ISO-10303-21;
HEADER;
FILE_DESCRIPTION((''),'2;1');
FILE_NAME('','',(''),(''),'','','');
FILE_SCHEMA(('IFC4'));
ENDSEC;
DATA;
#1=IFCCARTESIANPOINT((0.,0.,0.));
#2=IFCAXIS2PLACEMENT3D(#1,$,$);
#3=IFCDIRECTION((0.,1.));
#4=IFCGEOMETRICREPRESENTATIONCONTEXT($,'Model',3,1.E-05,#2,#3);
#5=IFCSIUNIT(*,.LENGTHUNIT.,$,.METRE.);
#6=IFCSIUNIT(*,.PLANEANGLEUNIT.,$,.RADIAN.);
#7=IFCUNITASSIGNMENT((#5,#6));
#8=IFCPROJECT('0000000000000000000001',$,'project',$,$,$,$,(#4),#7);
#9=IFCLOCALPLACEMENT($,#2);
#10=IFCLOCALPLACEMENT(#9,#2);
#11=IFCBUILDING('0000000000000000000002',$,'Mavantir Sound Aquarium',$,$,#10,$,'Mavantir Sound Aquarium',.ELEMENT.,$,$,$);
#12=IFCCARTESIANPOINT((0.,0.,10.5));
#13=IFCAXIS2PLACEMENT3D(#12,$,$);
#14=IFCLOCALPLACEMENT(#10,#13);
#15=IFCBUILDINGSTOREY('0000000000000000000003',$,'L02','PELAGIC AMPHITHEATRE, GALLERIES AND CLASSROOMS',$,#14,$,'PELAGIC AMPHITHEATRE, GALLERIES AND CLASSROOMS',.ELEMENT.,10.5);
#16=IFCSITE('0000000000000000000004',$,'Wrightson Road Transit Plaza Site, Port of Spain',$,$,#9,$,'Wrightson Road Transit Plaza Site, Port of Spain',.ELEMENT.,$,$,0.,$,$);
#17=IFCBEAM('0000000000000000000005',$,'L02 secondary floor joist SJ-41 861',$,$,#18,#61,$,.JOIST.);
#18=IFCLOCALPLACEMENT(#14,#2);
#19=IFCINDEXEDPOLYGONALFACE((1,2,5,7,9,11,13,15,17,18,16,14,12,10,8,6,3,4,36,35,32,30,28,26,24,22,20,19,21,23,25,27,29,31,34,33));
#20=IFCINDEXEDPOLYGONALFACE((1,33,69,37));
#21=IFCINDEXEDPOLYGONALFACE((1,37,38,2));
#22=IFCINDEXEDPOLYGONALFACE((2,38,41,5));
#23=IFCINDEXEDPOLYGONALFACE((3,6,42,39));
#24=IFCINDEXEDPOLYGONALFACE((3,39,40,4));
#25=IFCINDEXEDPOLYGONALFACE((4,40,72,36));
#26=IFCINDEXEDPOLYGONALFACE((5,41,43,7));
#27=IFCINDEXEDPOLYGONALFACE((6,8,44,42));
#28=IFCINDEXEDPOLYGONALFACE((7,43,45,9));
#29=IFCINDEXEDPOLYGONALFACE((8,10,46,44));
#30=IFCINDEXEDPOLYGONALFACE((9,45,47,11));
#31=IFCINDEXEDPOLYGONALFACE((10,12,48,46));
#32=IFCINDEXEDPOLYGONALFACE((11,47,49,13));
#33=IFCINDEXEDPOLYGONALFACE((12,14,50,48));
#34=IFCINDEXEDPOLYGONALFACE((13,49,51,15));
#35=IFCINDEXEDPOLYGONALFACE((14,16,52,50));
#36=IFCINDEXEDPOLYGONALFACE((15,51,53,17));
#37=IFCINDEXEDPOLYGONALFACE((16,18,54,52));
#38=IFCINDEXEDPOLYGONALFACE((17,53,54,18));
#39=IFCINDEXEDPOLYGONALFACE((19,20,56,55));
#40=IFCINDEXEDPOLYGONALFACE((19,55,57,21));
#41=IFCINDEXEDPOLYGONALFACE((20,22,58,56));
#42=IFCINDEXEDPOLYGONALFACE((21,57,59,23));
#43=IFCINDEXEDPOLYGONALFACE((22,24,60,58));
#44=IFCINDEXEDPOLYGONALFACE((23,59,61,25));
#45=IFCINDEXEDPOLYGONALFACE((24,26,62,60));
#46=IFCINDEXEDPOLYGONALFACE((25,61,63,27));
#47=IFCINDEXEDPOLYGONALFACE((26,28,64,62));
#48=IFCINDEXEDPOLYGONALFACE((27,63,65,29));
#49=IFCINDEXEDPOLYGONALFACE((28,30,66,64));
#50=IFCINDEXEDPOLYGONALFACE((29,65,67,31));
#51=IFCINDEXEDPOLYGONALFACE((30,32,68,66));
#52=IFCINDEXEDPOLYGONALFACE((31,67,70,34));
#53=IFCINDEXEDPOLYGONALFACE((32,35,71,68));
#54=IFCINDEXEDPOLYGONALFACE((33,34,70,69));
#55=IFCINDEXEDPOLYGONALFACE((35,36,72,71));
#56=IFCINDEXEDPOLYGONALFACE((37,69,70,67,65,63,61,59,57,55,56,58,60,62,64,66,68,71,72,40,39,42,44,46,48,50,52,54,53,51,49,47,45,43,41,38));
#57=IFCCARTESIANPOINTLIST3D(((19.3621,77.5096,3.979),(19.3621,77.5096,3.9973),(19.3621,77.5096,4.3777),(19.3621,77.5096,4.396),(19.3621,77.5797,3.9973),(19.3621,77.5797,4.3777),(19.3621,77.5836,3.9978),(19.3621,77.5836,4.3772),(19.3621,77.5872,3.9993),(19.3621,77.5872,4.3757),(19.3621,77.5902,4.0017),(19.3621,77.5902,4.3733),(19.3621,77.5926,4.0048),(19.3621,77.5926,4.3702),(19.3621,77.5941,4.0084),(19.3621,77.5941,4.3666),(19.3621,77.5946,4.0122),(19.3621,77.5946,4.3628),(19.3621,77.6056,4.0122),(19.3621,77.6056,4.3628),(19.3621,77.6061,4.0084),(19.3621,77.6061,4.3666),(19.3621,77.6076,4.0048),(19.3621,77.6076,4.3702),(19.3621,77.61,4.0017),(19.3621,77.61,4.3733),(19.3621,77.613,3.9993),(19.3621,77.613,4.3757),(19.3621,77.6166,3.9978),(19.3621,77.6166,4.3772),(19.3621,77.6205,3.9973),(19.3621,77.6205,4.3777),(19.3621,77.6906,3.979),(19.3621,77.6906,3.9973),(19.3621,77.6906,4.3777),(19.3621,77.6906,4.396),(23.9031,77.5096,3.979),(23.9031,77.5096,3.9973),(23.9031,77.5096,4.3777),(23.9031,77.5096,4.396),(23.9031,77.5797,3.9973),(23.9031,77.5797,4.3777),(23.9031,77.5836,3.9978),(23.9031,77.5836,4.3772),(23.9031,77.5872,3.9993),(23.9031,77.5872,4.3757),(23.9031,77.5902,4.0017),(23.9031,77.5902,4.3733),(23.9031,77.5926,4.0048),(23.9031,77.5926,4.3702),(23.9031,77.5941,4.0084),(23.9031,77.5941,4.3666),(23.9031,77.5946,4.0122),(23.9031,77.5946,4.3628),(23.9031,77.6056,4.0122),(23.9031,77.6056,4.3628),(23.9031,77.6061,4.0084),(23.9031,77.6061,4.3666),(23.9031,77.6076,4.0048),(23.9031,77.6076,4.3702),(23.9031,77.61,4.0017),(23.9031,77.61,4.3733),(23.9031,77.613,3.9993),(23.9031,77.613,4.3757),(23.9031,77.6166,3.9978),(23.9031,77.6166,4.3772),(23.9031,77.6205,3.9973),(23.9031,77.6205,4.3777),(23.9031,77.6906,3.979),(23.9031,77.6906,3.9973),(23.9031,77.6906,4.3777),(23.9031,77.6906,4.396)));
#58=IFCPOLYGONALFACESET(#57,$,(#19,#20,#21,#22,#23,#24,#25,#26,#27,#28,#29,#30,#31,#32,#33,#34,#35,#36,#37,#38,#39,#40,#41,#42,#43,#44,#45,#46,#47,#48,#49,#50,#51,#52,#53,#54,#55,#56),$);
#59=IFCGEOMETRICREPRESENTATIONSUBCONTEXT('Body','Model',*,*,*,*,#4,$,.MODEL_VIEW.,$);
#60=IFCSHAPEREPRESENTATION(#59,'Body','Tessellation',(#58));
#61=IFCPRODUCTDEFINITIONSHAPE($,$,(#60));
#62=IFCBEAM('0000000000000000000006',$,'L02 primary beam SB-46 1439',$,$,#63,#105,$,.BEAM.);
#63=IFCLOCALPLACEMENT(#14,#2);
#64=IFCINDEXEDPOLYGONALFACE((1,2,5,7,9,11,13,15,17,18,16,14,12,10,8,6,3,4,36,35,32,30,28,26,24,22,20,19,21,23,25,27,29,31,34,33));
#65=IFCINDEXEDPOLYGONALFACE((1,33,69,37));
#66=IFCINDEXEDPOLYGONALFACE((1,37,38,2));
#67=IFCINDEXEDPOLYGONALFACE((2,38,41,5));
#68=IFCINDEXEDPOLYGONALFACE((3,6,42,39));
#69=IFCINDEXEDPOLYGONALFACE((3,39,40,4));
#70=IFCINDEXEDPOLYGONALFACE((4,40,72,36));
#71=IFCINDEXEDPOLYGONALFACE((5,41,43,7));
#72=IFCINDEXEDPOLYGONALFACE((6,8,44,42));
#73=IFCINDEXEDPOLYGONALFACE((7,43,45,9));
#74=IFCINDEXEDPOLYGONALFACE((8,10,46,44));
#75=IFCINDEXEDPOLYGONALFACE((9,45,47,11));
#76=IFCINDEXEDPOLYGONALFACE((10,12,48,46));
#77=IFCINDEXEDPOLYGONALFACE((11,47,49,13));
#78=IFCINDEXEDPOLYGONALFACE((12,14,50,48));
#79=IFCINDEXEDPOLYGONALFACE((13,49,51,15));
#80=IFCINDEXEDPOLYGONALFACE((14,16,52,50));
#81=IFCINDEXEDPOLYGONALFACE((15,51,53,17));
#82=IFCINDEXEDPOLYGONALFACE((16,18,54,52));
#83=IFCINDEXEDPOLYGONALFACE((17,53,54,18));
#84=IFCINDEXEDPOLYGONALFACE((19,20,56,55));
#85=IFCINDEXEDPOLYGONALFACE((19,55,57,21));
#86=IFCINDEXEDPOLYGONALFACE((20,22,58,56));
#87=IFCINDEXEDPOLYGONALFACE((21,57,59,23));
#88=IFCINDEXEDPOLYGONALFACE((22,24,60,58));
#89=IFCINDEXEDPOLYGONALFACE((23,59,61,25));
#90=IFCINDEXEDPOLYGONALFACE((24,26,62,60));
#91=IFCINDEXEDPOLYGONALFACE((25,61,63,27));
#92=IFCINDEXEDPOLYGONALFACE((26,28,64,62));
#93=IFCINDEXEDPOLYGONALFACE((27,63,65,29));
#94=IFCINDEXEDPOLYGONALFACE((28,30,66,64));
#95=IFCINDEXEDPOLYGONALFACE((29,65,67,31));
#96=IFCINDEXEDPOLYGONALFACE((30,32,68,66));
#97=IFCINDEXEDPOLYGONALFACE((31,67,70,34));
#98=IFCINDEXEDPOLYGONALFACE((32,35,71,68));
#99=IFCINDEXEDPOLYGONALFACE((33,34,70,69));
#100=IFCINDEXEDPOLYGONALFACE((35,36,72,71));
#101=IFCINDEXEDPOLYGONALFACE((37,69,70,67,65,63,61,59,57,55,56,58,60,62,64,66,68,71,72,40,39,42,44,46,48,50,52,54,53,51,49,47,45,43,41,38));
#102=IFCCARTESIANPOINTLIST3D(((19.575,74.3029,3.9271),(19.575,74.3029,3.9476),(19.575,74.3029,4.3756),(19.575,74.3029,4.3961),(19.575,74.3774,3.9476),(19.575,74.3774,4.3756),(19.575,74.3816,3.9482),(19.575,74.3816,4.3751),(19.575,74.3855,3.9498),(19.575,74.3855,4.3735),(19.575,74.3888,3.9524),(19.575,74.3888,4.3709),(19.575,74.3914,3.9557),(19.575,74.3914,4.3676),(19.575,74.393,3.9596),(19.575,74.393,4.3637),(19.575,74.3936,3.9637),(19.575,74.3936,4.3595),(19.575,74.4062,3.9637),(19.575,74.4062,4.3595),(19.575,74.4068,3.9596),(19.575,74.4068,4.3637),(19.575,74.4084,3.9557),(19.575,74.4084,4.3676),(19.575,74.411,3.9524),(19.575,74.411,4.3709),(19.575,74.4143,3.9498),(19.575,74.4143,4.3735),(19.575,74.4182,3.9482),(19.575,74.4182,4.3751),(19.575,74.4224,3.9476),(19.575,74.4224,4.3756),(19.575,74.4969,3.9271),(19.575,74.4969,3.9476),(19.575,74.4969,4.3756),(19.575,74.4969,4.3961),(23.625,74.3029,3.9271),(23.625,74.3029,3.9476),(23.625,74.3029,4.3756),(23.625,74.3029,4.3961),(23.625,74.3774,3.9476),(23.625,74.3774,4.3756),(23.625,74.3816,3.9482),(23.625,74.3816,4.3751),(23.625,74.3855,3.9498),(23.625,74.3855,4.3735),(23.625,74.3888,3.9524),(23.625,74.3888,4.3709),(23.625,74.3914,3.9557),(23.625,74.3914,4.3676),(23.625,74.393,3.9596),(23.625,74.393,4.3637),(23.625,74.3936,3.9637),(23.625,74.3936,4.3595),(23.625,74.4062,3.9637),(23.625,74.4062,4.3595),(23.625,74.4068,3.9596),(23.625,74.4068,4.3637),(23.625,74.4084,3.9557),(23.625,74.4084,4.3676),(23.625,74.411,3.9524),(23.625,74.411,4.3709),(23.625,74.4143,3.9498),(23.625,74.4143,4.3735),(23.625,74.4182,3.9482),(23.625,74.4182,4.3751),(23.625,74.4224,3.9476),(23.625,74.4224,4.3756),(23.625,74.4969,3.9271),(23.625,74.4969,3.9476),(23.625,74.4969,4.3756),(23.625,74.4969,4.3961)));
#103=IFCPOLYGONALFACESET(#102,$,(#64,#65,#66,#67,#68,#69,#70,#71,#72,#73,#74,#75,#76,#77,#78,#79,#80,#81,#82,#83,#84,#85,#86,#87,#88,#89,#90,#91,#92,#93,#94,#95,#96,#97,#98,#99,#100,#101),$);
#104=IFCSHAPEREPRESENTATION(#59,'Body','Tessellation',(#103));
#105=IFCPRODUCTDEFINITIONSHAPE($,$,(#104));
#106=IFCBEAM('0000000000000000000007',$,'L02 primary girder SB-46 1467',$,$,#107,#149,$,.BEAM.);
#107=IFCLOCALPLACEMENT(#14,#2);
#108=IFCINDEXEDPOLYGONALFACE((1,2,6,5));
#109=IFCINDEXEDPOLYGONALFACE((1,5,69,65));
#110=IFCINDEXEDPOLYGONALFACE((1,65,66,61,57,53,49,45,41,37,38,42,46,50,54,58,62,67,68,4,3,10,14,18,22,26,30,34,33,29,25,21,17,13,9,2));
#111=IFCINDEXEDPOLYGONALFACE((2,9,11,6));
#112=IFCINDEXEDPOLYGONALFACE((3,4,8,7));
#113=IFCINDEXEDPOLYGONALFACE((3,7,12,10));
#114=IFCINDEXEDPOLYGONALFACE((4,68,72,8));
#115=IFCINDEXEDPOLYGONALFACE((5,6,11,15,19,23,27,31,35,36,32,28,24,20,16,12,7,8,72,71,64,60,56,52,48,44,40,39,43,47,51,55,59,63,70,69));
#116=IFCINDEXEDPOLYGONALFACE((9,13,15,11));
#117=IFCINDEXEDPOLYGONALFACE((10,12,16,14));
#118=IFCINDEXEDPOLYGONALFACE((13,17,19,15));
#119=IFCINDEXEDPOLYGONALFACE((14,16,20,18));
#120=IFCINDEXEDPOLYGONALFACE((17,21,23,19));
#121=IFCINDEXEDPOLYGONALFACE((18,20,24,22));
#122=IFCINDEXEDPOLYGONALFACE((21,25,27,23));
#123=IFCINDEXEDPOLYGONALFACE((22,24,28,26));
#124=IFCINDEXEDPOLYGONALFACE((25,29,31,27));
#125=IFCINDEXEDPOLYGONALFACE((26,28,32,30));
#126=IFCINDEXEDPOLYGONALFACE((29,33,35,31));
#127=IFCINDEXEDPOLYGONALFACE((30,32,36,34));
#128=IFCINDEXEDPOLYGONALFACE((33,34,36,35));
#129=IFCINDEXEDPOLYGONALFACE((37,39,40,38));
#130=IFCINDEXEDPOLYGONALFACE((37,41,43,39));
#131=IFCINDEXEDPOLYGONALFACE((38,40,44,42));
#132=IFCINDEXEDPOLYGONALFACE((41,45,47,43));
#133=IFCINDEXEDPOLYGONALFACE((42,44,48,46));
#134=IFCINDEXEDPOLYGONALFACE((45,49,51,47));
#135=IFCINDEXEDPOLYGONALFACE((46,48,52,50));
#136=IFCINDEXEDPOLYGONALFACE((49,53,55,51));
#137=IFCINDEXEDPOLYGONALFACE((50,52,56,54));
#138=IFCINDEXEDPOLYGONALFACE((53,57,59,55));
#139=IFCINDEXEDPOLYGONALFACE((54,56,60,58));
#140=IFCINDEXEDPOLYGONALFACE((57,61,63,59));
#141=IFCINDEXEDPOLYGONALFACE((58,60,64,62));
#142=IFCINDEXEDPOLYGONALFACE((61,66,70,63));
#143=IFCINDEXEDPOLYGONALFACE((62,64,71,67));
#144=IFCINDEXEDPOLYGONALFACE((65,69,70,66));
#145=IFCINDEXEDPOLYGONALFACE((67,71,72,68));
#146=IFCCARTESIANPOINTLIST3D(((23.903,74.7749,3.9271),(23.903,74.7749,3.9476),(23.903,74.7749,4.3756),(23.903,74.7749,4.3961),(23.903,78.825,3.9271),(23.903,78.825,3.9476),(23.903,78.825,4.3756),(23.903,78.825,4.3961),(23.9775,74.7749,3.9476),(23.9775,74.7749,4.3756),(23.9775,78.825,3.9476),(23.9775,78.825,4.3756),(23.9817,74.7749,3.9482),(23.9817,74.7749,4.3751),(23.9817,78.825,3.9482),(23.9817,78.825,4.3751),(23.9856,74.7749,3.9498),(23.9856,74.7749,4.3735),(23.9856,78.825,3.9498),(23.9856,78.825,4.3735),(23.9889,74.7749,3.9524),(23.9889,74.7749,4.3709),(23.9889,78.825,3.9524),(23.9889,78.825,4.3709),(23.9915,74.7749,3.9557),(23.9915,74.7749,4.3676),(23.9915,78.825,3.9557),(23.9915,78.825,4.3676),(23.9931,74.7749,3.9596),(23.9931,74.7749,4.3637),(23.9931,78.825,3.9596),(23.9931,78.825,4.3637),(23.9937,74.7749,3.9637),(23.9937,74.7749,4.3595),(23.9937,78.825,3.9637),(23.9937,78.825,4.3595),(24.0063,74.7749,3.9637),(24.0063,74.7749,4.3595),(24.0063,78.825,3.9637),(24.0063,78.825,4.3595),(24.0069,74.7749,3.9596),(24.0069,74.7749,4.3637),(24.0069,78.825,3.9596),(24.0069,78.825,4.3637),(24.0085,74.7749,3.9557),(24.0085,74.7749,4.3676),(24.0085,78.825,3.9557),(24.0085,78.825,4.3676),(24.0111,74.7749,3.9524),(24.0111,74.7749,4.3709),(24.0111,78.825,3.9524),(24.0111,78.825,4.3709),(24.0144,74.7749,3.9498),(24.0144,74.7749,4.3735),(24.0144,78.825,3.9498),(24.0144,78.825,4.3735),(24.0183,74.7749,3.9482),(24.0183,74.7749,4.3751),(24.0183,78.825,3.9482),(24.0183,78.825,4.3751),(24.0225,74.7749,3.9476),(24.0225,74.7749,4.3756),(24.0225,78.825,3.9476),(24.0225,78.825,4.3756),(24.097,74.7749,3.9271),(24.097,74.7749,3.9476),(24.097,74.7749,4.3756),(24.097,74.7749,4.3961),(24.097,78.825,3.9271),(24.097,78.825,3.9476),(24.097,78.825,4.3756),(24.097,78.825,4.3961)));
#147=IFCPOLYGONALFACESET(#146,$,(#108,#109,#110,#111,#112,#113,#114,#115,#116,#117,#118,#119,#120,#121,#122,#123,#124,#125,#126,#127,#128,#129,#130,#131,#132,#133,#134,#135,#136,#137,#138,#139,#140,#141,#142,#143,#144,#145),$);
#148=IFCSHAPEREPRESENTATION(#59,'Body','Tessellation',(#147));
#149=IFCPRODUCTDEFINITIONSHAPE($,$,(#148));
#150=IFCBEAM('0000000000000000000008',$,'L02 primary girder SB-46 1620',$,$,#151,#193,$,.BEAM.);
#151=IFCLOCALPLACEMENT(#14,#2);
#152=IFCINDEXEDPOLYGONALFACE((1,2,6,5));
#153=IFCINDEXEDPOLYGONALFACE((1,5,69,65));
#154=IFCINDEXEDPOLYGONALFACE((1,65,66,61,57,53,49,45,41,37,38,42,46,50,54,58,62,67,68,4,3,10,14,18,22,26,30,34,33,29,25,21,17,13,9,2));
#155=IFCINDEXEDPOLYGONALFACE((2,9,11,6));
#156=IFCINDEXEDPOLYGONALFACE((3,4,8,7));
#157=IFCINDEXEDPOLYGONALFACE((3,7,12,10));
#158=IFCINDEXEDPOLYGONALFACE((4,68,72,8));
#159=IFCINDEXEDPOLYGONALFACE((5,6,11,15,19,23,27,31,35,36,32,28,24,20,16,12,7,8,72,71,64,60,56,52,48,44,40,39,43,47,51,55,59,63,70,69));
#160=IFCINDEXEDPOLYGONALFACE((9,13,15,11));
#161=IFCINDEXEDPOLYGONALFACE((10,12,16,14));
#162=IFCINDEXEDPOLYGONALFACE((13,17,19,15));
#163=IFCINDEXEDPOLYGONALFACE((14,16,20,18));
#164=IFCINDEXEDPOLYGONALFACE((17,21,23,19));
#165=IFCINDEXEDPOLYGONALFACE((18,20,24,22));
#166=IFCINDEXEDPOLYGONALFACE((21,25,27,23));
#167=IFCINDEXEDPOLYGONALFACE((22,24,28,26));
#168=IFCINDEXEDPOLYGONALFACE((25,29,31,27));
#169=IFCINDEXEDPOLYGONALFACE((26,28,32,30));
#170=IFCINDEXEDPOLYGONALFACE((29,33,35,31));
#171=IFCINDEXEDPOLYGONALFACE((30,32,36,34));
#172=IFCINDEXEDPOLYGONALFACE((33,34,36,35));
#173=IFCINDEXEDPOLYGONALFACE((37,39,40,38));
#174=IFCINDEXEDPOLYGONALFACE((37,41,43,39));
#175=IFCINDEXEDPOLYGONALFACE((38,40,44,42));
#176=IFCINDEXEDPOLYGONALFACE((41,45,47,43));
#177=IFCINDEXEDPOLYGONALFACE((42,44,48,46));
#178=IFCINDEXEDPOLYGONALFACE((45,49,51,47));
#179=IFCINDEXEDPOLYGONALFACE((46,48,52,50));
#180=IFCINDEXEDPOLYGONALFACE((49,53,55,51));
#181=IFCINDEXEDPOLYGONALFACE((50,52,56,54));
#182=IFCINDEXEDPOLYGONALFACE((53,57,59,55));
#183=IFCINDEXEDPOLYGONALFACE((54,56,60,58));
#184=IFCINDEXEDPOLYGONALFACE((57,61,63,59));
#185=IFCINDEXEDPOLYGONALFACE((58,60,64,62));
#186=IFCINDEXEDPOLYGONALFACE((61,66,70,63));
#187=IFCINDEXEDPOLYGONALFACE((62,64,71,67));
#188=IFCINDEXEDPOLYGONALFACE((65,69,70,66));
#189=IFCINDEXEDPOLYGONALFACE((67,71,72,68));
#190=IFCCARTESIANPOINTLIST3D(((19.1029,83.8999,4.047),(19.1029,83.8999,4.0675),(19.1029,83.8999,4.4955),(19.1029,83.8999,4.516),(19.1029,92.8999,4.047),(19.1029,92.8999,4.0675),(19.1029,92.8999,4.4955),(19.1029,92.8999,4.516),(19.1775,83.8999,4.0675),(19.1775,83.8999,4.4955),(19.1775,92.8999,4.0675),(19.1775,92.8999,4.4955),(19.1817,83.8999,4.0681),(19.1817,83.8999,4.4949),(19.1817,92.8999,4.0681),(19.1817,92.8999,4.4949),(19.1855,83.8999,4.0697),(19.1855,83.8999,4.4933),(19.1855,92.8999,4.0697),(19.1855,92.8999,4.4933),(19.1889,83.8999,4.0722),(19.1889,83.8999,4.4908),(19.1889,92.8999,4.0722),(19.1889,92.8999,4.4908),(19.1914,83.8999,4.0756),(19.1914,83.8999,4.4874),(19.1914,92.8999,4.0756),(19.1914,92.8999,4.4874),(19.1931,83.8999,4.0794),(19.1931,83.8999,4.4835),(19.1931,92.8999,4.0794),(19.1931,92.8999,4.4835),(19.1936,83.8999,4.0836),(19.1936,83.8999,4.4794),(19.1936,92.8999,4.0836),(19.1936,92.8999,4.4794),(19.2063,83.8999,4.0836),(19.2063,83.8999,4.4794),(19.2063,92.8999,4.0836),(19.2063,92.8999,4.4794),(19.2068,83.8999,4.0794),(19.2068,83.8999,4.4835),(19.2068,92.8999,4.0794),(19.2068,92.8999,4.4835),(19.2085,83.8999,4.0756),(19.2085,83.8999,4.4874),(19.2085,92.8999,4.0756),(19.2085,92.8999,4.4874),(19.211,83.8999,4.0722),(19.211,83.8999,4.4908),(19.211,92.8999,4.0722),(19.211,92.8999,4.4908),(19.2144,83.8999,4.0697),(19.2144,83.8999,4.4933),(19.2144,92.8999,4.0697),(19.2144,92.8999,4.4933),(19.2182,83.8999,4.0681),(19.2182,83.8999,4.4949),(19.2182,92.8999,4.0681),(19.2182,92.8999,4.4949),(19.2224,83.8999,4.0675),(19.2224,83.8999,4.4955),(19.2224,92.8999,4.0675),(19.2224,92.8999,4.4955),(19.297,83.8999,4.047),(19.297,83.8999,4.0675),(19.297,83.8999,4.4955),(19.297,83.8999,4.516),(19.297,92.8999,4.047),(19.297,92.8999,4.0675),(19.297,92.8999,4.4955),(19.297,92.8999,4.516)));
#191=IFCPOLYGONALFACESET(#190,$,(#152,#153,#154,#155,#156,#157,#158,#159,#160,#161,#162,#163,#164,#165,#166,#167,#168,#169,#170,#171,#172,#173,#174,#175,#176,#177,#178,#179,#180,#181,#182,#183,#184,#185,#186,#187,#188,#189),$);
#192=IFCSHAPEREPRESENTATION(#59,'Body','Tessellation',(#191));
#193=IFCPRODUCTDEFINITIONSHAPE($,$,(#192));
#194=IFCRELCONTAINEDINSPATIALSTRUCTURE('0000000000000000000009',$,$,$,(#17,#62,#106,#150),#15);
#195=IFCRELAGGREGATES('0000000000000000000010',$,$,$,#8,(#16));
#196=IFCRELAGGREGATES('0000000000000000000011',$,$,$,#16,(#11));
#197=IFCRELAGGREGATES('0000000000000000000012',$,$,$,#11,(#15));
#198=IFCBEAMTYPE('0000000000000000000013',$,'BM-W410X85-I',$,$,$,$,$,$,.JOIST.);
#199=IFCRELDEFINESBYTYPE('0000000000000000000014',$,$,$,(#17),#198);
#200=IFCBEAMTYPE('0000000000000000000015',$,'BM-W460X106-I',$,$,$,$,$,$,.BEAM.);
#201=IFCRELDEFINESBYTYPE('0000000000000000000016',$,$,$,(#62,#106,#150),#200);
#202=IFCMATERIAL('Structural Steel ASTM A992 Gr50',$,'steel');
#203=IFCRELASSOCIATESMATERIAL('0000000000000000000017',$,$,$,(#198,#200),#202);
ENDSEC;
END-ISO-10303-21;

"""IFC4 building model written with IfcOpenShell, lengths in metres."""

from ifc_helpers import new_model, si_unit, direction, frame, origin, origin_2d, place, context, subcontext, project, spatial, i_section, extrude, material, material_profile, profile_set, type_object, element, save


model = new_model("IFC4")

# Units and contexts
model_context = context("Model", 3, precision=1e-05, world=origin(), true_north=direction((0.0, 1.0)))
body_context = subcontext(model_context, "Body", "Model", "MODEL_VIEW")
ifc_project = project(units=[si_unit("LENGTHUNIT", "METRE"), si_unit("PLANEANGLEUNIT", "RADIAN")], contexts=[model_context])

# Site, building, storey
site_placement = place(None, origin())
site = spatial("IfcSite", under=ifc_project, at=site_placement, Name="Wrightson Road Transit Plaza Site, Port of Spain", LongName="Wrightson Road Transit Plaza Site, Port of Spain", CompositionType="ELEMENT", RefElevation=0.0)
building_placement = place(site_placement, origin())
building = spatial("IfcBuilding", under=site, at=building_placement, Name="Mavantir Sound Aquarium", LongName="Mavantir Sound Aquarium", CompositionType="ELEMENT")
storey_placement = place(building_placement, frame((0.0, 0.0, 10.5)))
storey = spatial("IfcBuildingStorey", under=building, at=storey_placement, Name="L02", Description="PELAGIC AMPHITHEATRE, GALLERIES AND CLASSROOMS", LongName="PELAGIC AMPHITHEATRE, GALLERIES AND CLASSROOMS", CompositionType="ELEMENT", Elevation=10.5)

# Beams
ifc_material_1 = material(Name="Structural Steel ASTM A992 Gr50", Category="steel")
ifc_material_profile_1 = material_profile(ifc_material_1, i_section(OverallWidth=0.1809, OverallDepth=0.417, WebThickness=0.011, FlangeThickness=0.0183, FilletRadius=0.0149, at=origin_2d()), Name="W410X85")
ifc_profile_set_1 = profile_set([ifc_material_profile_1], Name="Structural Steel ASTM A992 Gr50")
beam_type_1 = type_object("IfcBeamType", Name="BM-W410X85-I", PredefinedType="JOIST", material=ifc_profile_set_1)
beam_1_placement = place(storey_placement, frame((19.3621, 77.6001, 4.1875), z_axis=(1.0, 0.0, 0.0), x_axis=(0.0, 1.0, 0.0)))
element("IfcBeam", 1, at=beam_1_placement, inside=storey, type_object=beam_type_1, Name="L02 secondary floor joist SJ-41 861", PredefinedType="JOIST", context=body_context, shape_type="SweptSolid", body=[
    extrude(i_section(OverallWidth=0.1809, OverallDepth=0.417, WebThickness=0.011, FlangeThickness=0.0183, FilletRadius=0.0149, at=origin_2d()), origin(), (0.0, 0.0, 1.0), 4.541),
])
ifc_material_profile_2 = material_profile(ifc_material_1, i_section(OverallWidth=0.1941, OverallDepth=0.469, WebThickness=0.0127, FlangeThickness=0.0205, FilletRadius=0.0161, at=origin_2d()), Name="W460X106")
ifc_profile_set_2 = profile_set([ifc_material_profile_2], Name="Structural Steel ASTM A992 Gr50")
beam_type_2 = type_object("IfcBeamType", Name="BM-W460X106-I", PredefinedType="BEAM", material=ifc_profile_set_2)
for number, where, z_axis, x_axis, name in (
    (2, (19.575, 74.3999, 4.1616), (1.0, 0.0, 0.0), (0.0, 1.0, 0.0), "L02 primary beam SB-46 1439"),
    (3, (24.0, 74.7749, 4.1616), (0.0, 1.0, 0.0), (-1.0, 0.0, 0.0), "L02 primary girder SB-46 1467"),
):
    element("IfcBeam", number, at=place(storey_placement, frame(where, z_axis=z_axis, x_axis=x_axis)), inside=storey, type_object=beam_type_2, Name=name, PredefinedType="BEAM", context=body_context, shape_type="SweptSolid", body=[
        extrude(i_section(OverallWidth=0.1941, OverallDepth=0.469, WebThickness=0.0127, FlangeThickness=0.0205, FilletRadius=0.0161, at=origin_2d()), origin(), (0.0, 0.0, 1.0), 4.05),
    ])
beam_2_placement = place(storey_placement, frame((19.2, 83.8999, 4.2815), z_axis=(0.0, 1.0, 0.0), x_axis=(-1.0, 0.0, 0.0)))
element("IfcBeam", 4, at=beam_2_placement, inside=storey, type_object=beam_type_2, Name="L02 primary girder SB-46 1620", PredefinedType="BEAM", context=body_context, shape_type="SweptSolid", body=[
    extrude(i_section(OverallWidth=0.1941, OverallDepth=0.469, WebThickness=0.0127, FlangeThickness=0.0205, FilletRadius=0.0161, at=origin_2d()), origin(), (0.0, 0.0, 1.0), 9.0),
])

save(model, "model.ifc")
